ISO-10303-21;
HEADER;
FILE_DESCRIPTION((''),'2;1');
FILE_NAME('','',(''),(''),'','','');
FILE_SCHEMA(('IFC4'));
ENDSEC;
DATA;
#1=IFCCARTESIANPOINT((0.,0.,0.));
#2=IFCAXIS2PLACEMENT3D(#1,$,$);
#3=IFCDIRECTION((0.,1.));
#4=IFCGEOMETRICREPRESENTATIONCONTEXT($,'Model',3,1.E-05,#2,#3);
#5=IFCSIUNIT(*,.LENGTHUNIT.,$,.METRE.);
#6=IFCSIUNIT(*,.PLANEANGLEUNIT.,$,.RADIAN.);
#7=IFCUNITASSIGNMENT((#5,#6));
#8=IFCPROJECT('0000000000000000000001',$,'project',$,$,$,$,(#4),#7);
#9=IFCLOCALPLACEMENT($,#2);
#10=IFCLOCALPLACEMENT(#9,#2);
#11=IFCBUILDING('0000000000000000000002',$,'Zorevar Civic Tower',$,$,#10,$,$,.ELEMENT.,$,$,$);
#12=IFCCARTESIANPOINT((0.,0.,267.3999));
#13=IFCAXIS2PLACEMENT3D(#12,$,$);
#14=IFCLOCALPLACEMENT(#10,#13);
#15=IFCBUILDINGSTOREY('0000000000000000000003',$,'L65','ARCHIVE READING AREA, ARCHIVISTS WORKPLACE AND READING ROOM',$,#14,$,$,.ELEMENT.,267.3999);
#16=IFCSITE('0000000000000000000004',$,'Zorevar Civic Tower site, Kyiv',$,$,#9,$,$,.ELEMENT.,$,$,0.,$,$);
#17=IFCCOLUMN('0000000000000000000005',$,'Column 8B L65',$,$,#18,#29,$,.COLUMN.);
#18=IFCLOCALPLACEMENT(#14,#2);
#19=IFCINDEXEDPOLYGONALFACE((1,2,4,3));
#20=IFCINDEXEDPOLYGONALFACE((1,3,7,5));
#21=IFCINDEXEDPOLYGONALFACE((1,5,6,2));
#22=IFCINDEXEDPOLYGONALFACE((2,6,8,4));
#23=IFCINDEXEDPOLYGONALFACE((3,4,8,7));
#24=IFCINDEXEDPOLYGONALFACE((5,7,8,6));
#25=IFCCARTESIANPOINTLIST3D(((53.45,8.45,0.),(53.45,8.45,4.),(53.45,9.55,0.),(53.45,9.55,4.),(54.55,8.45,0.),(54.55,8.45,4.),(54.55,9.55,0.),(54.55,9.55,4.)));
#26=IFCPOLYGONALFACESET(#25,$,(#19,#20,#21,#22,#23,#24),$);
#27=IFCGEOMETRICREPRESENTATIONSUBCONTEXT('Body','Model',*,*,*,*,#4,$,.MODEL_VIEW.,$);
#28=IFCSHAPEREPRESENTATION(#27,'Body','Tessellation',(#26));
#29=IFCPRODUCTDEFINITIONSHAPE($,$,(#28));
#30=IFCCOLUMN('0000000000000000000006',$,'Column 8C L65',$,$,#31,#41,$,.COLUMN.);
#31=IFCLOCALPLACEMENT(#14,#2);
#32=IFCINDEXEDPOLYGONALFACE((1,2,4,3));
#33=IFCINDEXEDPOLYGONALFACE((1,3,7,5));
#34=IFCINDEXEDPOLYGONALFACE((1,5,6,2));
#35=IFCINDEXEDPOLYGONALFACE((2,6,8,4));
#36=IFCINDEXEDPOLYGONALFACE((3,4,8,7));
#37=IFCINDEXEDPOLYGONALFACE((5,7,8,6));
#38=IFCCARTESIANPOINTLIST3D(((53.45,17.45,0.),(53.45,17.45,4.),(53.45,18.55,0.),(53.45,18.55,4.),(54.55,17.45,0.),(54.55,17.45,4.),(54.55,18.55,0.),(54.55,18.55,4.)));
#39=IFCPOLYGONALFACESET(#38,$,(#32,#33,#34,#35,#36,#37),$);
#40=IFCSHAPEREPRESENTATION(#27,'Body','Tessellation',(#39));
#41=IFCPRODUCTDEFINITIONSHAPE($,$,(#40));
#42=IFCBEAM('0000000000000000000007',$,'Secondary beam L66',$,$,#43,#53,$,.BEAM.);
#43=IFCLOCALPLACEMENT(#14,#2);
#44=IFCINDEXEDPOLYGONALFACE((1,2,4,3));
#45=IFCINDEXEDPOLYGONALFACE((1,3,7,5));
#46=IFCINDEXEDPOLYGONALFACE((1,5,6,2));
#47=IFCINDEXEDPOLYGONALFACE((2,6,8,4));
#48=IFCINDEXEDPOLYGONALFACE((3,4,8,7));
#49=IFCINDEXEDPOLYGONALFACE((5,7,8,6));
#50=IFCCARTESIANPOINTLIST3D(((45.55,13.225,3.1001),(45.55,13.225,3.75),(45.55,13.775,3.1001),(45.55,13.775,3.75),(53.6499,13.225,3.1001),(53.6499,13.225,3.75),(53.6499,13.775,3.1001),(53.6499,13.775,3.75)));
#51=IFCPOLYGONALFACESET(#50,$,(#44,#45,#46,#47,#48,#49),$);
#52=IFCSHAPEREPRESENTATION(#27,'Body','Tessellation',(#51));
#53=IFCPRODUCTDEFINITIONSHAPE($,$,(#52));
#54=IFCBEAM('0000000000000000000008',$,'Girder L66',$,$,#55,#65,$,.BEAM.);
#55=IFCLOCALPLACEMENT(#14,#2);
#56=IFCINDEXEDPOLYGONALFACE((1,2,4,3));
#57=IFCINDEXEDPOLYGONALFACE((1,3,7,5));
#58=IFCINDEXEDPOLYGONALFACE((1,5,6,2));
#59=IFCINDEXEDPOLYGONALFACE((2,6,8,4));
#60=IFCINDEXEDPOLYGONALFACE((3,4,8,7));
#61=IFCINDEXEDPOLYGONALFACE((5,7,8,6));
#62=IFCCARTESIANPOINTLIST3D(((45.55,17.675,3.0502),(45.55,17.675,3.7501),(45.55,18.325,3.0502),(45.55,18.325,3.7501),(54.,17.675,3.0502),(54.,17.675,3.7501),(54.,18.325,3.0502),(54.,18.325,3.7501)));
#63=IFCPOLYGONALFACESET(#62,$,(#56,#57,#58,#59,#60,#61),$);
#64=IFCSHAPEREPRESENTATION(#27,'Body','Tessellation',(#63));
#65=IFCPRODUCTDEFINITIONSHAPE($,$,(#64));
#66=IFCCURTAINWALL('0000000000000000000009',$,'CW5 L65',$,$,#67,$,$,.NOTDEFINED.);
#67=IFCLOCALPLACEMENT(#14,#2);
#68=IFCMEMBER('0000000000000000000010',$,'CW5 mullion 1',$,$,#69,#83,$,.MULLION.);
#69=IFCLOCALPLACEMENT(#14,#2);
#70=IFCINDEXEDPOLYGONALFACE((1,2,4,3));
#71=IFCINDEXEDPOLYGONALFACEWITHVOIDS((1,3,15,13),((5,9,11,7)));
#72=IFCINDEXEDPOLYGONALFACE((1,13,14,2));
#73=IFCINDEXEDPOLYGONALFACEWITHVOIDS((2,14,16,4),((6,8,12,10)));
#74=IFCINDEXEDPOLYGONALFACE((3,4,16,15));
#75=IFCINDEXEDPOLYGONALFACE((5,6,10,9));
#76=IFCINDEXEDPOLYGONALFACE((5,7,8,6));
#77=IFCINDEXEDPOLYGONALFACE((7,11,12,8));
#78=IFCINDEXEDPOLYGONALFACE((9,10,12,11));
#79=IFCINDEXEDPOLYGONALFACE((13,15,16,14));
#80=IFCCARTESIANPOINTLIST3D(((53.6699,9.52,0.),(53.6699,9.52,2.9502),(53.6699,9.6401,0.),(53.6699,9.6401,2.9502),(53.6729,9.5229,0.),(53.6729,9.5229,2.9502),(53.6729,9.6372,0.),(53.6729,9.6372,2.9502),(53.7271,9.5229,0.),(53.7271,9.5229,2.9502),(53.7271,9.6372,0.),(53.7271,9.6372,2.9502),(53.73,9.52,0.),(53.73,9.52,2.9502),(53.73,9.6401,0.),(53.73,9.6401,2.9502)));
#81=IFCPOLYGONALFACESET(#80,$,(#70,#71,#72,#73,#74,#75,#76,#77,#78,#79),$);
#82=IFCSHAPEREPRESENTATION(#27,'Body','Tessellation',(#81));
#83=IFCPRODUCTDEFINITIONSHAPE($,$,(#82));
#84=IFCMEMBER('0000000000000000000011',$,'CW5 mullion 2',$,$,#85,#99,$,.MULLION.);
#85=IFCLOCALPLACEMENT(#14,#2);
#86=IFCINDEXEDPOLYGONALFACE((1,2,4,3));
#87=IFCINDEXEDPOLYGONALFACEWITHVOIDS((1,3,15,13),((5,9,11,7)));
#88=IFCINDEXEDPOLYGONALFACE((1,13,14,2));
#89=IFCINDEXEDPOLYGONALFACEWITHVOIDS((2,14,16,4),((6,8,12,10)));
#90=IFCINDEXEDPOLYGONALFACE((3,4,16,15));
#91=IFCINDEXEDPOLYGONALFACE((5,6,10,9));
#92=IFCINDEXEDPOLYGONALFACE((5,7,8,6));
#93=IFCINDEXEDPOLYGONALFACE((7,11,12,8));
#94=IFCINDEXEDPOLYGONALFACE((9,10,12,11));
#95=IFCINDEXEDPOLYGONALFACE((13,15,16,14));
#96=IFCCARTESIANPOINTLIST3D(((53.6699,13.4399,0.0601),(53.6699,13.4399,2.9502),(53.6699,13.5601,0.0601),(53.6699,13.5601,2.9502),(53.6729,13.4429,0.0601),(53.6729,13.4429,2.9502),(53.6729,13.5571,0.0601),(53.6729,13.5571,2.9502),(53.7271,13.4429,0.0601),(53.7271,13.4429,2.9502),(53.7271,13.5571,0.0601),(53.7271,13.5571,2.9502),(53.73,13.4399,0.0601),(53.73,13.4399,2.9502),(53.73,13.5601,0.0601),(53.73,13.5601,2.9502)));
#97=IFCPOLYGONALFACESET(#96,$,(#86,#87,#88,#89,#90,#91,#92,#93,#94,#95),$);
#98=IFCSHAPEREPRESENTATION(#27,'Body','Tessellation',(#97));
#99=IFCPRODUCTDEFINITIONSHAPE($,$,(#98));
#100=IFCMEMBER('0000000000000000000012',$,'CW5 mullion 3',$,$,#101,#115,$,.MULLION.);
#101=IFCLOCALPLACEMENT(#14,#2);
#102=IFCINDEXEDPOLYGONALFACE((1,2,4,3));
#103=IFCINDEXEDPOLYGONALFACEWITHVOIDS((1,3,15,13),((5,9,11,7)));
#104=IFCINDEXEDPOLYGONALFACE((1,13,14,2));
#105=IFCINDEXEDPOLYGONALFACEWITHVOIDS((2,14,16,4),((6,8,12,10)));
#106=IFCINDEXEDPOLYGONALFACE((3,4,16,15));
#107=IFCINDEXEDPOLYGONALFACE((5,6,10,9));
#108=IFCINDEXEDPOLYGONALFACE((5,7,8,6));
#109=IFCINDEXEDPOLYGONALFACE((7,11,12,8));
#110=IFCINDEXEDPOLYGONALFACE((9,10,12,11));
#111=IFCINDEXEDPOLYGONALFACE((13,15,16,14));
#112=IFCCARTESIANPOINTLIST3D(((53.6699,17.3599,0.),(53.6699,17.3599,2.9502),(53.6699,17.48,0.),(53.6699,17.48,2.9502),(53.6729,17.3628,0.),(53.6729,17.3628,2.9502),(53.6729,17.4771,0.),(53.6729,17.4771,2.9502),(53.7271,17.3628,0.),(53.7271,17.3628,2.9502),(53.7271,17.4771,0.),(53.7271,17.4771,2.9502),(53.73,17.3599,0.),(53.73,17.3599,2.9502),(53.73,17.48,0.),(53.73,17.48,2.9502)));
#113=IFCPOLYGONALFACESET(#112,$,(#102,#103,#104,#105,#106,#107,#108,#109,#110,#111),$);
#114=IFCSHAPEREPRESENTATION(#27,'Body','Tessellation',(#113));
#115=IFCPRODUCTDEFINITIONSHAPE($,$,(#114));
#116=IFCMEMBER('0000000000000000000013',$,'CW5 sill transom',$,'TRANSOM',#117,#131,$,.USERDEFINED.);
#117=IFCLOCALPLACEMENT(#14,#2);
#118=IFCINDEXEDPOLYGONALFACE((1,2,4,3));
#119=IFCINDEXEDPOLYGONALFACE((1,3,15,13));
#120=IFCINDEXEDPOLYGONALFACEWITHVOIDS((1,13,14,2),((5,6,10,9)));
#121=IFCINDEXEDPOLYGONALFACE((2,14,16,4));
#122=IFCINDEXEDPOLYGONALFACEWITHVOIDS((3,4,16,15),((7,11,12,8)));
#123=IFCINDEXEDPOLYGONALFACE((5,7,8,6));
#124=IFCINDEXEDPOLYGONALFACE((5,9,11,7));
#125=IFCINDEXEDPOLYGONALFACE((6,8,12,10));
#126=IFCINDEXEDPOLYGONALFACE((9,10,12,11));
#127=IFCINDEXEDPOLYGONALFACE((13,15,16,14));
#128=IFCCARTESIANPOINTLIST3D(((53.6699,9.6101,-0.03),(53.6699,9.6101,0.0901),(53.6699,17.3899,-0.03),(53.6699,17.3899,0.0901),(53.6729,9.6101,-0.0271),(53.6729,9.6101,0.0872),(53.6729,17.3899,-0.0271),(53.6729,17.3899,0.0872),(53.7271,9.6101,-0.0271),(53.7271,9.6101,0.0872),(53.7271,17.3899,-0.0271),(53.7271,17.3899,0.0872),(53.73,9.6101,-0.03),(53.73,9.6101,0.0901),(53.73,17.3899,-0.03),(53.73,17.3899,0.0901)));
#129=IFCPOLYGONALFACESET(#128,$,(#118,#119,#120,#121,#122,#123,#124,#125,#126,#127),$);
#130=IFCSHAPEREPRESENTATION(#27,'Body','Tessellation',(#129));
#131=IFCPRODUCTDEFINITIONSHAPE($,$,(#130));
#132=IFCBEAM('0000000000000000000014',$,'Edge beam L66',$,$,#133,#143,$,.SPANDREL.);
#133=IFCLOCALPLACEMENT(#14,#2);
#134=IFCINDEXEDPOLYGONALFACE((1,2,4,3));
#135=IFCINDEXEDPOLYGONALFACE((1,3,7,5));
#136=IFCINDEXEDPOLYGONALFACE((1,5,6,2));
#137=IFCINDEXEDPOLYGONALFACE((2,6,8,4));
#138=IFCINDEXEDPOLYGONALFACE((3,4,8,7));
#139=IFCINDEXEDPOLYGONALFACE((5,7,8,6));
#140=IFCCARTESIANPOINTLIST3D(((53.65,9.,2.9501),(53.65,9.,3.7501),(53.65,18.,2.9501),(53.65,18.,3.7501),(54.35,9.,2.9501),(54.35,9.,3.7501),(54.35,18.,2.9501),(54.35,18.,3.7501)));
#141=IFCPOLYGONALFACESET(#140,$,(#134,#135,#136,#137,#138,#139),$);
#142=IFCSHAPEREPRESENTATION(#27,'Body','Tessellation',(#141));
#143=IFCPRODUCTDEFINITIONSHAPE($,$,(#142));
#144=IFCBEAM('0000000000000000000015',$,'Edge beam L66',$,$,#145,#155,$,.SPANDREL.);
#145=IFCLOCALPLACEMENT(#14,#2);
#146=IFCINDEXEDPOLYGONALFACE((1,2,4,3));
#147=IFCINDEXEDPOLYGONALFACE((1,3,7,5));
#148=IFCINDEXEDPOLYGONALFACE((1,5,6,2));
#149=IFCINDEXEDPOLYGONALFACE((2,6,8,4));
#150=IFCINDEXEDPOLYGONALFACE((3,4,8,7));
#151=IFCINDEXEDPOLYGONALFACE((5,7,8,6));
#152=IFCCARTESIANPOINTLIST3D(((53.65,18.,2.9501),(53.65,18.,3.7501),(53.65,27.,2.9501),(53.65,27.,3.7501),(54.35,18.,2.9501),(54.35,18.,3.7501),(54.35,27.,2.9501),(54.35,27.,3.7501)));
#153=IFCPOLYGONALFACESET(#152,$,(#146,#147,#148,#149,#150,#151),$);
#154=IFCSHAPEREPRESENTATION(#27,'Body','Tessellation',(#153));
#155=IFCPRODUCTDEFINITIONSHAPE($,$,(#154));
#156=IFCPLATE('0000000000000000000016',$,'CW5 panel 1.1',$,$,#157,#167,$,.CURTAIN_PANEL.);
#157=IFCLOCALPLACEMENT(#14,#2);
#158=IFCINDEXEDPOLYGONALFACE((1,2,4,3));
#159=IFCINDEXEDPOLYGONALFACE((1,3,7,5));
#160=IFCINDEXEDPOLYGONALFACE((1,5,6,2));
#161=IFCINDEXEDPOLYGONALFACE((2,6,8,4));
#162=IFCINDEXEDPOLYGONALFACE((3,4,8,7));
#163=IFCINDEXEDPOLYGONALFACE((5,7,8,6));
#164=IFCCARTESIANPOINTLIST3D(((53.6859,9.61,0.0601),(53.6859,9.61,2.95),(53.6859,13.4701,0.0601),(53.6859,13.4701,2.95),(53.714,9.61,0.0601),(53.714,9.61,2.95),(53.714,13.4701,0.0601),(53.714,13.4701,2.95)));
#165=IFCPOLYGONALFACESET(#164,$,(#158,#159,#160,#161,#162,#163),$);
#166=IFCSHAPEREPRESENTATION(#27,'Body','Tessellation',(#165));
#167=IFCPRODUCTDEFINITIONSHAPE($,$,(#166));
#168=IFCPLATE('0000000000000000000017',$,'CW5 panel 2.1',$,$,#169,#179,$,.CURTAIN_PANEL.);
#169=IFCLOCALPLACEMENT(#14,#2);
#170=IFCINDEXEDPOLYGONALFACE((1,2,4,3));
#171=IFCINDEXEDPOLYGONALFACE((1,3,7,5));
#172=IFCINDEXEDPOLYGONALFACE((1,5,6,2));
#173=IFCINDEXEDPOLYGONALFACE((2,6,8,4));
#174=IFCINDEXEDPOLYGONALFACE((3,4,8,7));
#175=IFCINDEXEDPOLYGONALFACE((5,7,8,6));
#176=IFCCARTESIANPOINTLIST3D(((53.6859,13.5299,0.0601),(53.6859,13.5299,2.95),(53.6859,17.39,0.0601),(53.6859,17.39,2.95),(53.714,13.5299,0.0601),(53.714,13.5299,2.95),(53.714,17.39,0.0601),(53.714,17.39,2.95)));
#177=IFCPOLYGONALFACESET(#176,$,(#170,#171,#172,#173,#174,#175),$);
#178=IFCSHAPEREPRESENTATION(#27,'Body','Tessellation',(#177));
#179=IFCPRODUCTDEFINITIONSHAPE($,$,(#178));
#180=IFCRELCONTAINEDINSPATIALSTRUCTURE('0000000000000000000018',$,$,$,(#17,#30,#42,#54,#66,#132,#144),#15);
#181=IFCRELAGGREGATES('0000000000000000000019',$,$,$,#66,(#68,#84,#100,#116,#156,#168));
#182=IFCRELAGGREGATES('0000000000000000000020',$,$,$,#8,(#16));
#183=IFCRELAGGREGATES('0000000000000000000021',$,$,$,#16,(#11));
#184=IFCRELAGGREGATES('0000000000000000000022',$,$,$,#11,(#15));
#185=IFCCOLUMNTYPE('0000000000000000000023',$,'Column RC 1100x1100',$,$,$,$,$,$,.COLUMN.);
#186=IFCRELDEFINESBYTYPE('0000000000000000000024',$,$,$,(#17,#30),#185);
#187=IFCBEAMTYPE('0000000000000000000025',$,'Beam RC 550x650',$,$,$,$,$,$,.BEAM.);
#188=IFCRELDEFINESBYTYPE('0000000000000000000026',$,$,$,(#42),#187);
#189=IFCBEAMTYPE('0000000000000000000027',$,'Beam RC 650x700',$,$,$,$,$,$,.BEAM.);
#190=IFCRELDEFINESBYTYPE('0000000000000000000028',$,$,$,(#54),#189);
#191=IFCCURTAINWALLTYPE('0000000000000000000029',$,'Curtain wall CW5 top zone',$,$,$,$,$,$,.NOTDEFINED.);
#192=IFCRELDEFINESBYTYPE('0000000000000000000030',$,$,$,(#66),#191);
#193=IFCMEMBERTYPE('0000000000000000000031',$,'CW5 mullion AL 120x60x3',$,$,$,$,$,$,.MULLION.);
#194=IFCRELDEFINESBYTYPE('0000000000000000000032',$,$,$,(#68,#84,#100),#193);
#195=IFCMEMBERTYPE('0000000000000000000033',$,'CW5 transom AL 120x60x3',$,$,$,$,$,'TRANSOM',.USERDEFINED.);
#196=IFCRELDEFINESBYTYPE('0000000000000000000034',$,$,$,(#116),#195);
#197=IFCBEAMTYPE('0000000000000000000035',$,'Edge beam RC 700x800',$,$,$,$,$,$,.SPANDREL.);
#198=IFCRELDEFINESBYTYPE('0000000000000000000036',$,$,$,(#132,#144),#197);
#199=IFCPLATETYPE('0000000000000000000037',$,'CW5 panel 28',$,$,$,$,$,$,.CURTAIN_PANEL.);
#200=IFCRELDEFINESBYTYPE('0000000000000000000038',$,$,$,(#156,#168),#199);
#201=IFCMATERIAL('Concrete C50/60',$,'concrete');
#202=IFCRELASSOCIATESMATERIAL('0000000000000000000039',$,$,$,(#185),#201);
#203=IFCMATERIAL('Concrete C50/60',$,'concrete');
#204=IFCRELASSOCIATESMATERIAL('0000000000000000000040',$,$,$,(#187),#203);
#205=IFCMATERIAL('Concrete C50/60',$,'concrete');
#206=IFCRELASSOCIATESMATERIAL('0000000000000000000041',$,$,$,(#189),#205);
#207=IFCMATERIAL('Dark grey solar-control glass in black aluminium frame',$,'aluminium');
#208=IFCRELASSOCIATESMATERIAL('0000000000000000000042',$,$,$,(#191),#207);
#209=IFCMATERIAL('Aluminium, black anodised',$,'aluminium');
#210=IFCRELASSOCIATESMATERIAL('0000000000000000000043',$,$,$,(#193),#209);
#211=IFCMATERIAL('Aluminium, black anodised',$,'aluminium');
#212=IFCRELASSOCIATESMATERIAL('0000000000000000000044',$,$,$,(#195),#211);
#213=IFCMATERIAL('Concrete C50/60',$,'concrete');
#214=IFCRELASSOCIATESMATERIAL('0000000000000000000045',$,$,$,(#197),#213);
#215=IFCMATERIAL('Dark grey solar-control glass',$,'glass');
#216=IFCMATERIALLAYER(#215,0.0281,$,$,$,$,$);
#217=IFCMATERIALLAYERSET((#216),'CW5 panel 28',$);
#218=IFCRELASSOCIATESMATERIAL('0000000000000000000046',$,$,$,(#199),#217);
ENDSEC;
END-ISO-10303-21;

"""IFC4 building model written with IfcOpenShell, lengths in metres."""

from ifc_helpers import new_model, si_unit, direction, frame, origin, origin_2d, place, context, subcontext, project, spatial, rectangle, hollow_rectangle, extrude, material, layer, layer_set, material_profile, profile_set, type_object, element, aggregate, save


model = new_model("IFC4")

# Units and contexts
model_context = context("Model", 3, precision=1e-05, world=origin(), true_north=direction((0.0, 1.0)))
body_context = subcontext(model_context, "Body", "Model", "MODEL_VIEW")
ifc_project = project(units=[si_unit("LENGTHUNIT", "METRE"), si_unit("PLANEANGLEUNIT", "RADIAN")], contexts=[model_context])

# Site, building, storey
site_placement = place(None, origin())
site = spatial("IfcSite", under=ifc_project, at=site_placement, Name="Zorevar Civic Tower site, Kyiv", CompositionType="ELEMENT", RefElevation=0.0)
building_placement = place(site_placement, origin())
building = spatial("IfcBuilding", under=site, at=building_placement, Name="Zorevar Civic Tower", CompositionType="ELEMENT")
storey_placement = place(building_placement, frame((0.0, 0.0, 267.3999)))
storey = spatial("IfcBuildingStorey", under=building, at=storey_placement, Name="L65", Description="ARCHIVE READING AREA, ARCHIVISTS WORKPLACE AND READING ROOM", CompositionType="ELEMENT", Elevation=267.3999)

# Columns
ifc_material_1 = material(Name="Concrete C50/60", Category="concrete")
ifc_material_profile_1 = material_profile(ifc_material_1, rectangle(XDim=1.1001, YDim=1.1001, at=origin_2d()), Name="RC 1100x1100")
ifc_profile_set_1 = profile_set([ifc_material_profile_1], Name="Concrete C50/60")
column_type = type_object("IfcColumnType", Name="Column RC 1100x1100", PredefinedType="COLUMN", material=ifc_profile_set_1)
for number, where, z_axis, x_axis, name in (
    (1, (54.0, 9.0, 0.0), (0.0, 0.0, 1.0), (1.0, 0.0, 0.0), "Column 8B L65"),
    (2, (54.0, 18.0, 0.0), (0.0, 0.0, 1.0), (1.0, 0.0, 0.0), "Column 8C L65"),
):
    element("IfcColumn", number, at=place(storey_placement, frame(where, z_axis=z_axis, x_axis=x_axis)), inside=storey, type_object=column_type, Name=name, PredefinedType="COLUMN", context=body_context, shape_type="SweptSolid", body=[
        extrude(rectangle(XDim=1.1001, YDim=1.1001, at=origin_2d()), origin(), (0.0, 0.0, 1.0), 4.0),
    ])

# Beams
ifc_material_2 = material(Name="Concrete C50/60", Category="concrete")
ifc_material_profile_2 = material_profile(ifc_material_2, rectangle(XDim=0.55, YDim=0.6499, at=origin_2d()), Name="RC 550x650")
ifc_profile_set_2 = profile_set([ifc_material_profile_2], Name="Concrete C50/60")
beam_type_1 = type_object("IfcBeamType", Name="Beam RC 550x650", PredefinedType="BEAM", material=ifc_profile_set_2)
beam_1_placement = place(storey_placement, frame((45.55, 13.5, 3.425), z_axis=(1.0, 0.0, 0.0), x_axis=(0.0, 1.0, 0.0)))
element("IfcBeam", 3, at=beam_1_placement, inside=storey, type_object=beam_type_1, Name="Secondary beam L66", PredefinedType="BEAM", context=body_context, shape_type="SweptSolid", body=[
    extrude(rectangle(XDim=0.55, YDim=0.6499, at=origin_2d()), origin(), (0.0, 0.0, 1.0), 8.0999),
])
ifc_material_3 = material(Name="Concrete C50/60", Category="concrete")
ifc_material_profile_3 = material_profile(ifc_material_3, rectangle(XDim=0.6499, YDim=0.7, at=origin_2d()), Name="RC 650x700")
ifc_profile_set_3 = profile_set([ifc_material_profile_3], Name="Concrete C50/60")
beam_type_2 = type_object("IfcBeamType", Name="Beam RC 650x700", PredefinedType="BEAM", material=ifc_profile_set_3)
beam_2_placement = place(storey_placement, frame((45.55, 18.0, 3.4001), z_axis=(1.0, 0.0, 0.0), x_axis=(0.0, 1.0, 0.0)))
element("IfcBeam", 4, at=beam_2_placement, inside=storey, type_object=beam_type_2, Name="Girder L66", PredefinedType="BEAM", context=body_context, shape_type="SweptSolid", body=[
    extrude(rectangle(XDim=0.6499, YDim=0.7, at=origin_2d()), origin(), (0.0, 0.0, 1.0), 8.45),
])

# Curtain wall, members
ifc_material_4 = material(Name="Dark grey solar-control glass in black aluminium frame", Category="aluminium")
curtain_wall_type = type_object("IfcCurtainWallType", Name="Curtain wall CW5 top zone", PredefinedType="NOTDEFINED", material=ifc_material_4)
curtain_wall_placement = place(storey_placement, origin())
curtain_wall = element("IfcCurtainWall", 5, at=curtain_wall_placement, inside=storey, type_object=curtain_wall_type, Name="CW5 L65", PredefinedType="NOTDEFINED")
ifc_material_5 = material(Name="Aluminium, black anodised", Category="aluminium")
ifc_material_profile_4 = material_profile(ifc_material_5, hollow_rectangle(XDim=0.0601, YDim=0.1201, WallThickness=0.0029, at=origin_2d()), Name="AL 120x60x3")
ifc_profile_set_4 = profile_set([ifc_material_profile_4], Name="Aluminium, black anodised")
member_type_1 = type_object("IfcMemberType", Name="CW5 mullion AL 120x60x3", PredefinedType="MULLION", material=ifc_profile_set_4)
member_1_placement = place(storey_placement, frame((53.7, 9.5801, 0.0), z_axis=(0.0, 0.0, 1.0), x_axis=(-1.0, 0.0, 0.0)))
member_1 = element("IfcMember", 6, at=member_1_placement, type_object=member_type_1, Name="CW5 mullion 1", PredefinedType="MULLION", context=body_context, shape_type="SweptSolid", body=[
    extrude(hollow_rectangle(XDim=0.0601, YDim=0.1201, WallThickness=0.0029, at=origin_2d()), origin(), (0.0, 0.0, 1.0), 2.9502),
])
member_2_placement = place(storey_placement, frame((53.7, 13.5, 0.0601), z_axis=(0.0, 0.0, 1.0), x_axis=(-1.0, 0.0, 0.0)))
member_2 = element("IfcMember", 7, at=member_2_placement, type_object=member_type_1, Name="CW5 mullion 2", PredefinedType="MULLION", context=body_context, shape_type="SweptSolid", body=[
    extrude(hollow_rectangle(XDim=0.0601, YDim=0.1201, WallThickness=0.0029, at=origin_2d()), origin(), (0.0, 0.0, 1.0), 2.8901),
])
member_3_placement = place(storey_placement, frame((53.7, 17.4199, 0.0), z_axis=(0.0, 0.0, 1.0), x_axis=(-1.0, 0.0, 0.0)))
member_3 = element("IfcMember", 8, at=member_3_placement, type_object=member_type_1, Name="CW5 mullion 3", PredefinedType="MULLION", context=body_context, shape_type="SweptSolid", body=[
    extrude(hollow_rectangle(XDim=0.0601, YDim=0.1201, WallThickness=0.0029, at=origin_2d()), origin(), (0.0, 0.0, 1.0), 2.9502),
])
ifc_material_6 = material(Name="Aluminium, black anodised", Category="aluminium")
ifc_material_profile_5 = material_profile(ifc_material_6, hollow_rectangle(XDim=0.0601, YDim=0.1201, WallThickness=0.0029, at=origin_2d()), Name="AL 120x60x3")
ifc_profile_set_5 = profile_set([ifc_material_profile_5], Name="Aluminium, black anodised")
member_type_2 = type_object("IfcMemberType", Name="CW5 transom AL 120x60x3", ElementType="TRANSOM", PredefinedType="USERDEFINED", material=ifc_profile_set_5)
member_4_placement = place(storey_placement, frame((53.7, 9.6101, 0.03), z_axis=(0.0, 1.0, 0.0), x_axis=(-1.0, 0.0, 0.0)))
member_4 = element("IfcMember", 9, at=member_4_placement, type_object=member_type_2, Name="CW5 sill transom", ObjectType="TRANSOM", PredefinedType="USERDEFINED", context=body_context, shape_type="SweptSolid", body=[
    extrude(hollow_rectangle(XDim=0.0601, YDim=0.1201, WallThickness=0.0029, at=origin_2d()), origin(), (0.0, 0.0, 1.0), 7.7798),
])

# Beams
ifc_material_7 = material(Name="Concrete C50/60", Category="concrete")
ifc_material_profile_6 = material_profile(ifc_material_7, rectangle(XDim=0.7, YDim=0.8, at=origin_2d()), Name="RC 700x800")
ifc_profile_set_6 = profile_set([ifc_material_profile_6], Name="Concrete C50/60")
beam_type_3 = type_object("IfcBeamType", Name="Edge beam RC 700x800", PredefinedType="SPANDREL", material=ifc_profile_set_6)
for number, where, z_axis, x_axis, name in (
    (10, (54.0, 9.0, 3.3501), (0.0, 1.0, 0.0), (-1.0, 0.0, 0.0), "Edge beam L66"),
    (11, (54.0, 18.0, 3.3501), (0.0, 1.0, 0.0), (-1.0, 0.0, 0.0), "Edge beam L66"),
):
    element("IfcBeam", number, at=place(storey_placement, frame(where, z_axis=z_axis, x_axis=x_axis)), inside=storey, type_object=beam_type_3, Name=name, PredefinedType="SPANDREL", context=body_context, shape_type="SweptSolid", body=[
        extrude(rectangle(XDim=0.7, YDim=0.8, at=origin_2d()), origin(), (0.0, 0.0, 1.0), 9.0),
    ])

# Plates
ifc_material_8 = material(Name="Dark grey solar-control glass", Category="glass")
ifc_layer_1 = layer(ifc_material_8, 0.0281)
ifc_layer_set_1 = layer_set([ifc_layer_1], Name="CW5 panel 28")
plate_type = type_object("IfcPlateType", Name="CW5 panel 28", PredefinedType="CURTAIN_PANEL", material=ifc_layer_set_1)
plate_1_placement = place(storey_placement, frame((53.7, 11.54, 0.0601), z_axis=(0.0, 0.0, 1.0), x_axis=(0.0, 1.0, 0.0)))
plate_1 = element("IfcPlate", 12, at=plate_1_placement, type_object=plate_type, Name="CW5 panel 1.1", PredefinedType="CURTAIN_PANEL", context=body_context, shape_type="SweptSolid", body=[
    extrude(rectangle(XDim=3.8601, YDim=0.0281, at=origin_2d()), origin(), (0.0, 0.0, 1.0), 2.8899),
])
plate_2_placement = place(storey_placement, frame((53.7, 15.46, 0.0601), z_axis=(0.0, 0.0, 1.0), x_axis=(0.0, 1.0, 0.0)))
plate_2 = element("IfcPlate", 13, at=plate_2_placement, type_object=plate_type, Name="CW5 panel 2.1", PredefinedType="CURTAIN_PANEL", context=body_context, shape_type="SweptSolid", body=[
    extrude(rectangle(XDim=3.8601, YDim=0.0281, at=origin_2d()), origin(), (0.0, 0.0, 1.0), 2.8899),
])
aggregate(curtain_wall, [member_1, member_2, member_3, member_4, plate_1, plate_2])

save(model, "model.ifc")
